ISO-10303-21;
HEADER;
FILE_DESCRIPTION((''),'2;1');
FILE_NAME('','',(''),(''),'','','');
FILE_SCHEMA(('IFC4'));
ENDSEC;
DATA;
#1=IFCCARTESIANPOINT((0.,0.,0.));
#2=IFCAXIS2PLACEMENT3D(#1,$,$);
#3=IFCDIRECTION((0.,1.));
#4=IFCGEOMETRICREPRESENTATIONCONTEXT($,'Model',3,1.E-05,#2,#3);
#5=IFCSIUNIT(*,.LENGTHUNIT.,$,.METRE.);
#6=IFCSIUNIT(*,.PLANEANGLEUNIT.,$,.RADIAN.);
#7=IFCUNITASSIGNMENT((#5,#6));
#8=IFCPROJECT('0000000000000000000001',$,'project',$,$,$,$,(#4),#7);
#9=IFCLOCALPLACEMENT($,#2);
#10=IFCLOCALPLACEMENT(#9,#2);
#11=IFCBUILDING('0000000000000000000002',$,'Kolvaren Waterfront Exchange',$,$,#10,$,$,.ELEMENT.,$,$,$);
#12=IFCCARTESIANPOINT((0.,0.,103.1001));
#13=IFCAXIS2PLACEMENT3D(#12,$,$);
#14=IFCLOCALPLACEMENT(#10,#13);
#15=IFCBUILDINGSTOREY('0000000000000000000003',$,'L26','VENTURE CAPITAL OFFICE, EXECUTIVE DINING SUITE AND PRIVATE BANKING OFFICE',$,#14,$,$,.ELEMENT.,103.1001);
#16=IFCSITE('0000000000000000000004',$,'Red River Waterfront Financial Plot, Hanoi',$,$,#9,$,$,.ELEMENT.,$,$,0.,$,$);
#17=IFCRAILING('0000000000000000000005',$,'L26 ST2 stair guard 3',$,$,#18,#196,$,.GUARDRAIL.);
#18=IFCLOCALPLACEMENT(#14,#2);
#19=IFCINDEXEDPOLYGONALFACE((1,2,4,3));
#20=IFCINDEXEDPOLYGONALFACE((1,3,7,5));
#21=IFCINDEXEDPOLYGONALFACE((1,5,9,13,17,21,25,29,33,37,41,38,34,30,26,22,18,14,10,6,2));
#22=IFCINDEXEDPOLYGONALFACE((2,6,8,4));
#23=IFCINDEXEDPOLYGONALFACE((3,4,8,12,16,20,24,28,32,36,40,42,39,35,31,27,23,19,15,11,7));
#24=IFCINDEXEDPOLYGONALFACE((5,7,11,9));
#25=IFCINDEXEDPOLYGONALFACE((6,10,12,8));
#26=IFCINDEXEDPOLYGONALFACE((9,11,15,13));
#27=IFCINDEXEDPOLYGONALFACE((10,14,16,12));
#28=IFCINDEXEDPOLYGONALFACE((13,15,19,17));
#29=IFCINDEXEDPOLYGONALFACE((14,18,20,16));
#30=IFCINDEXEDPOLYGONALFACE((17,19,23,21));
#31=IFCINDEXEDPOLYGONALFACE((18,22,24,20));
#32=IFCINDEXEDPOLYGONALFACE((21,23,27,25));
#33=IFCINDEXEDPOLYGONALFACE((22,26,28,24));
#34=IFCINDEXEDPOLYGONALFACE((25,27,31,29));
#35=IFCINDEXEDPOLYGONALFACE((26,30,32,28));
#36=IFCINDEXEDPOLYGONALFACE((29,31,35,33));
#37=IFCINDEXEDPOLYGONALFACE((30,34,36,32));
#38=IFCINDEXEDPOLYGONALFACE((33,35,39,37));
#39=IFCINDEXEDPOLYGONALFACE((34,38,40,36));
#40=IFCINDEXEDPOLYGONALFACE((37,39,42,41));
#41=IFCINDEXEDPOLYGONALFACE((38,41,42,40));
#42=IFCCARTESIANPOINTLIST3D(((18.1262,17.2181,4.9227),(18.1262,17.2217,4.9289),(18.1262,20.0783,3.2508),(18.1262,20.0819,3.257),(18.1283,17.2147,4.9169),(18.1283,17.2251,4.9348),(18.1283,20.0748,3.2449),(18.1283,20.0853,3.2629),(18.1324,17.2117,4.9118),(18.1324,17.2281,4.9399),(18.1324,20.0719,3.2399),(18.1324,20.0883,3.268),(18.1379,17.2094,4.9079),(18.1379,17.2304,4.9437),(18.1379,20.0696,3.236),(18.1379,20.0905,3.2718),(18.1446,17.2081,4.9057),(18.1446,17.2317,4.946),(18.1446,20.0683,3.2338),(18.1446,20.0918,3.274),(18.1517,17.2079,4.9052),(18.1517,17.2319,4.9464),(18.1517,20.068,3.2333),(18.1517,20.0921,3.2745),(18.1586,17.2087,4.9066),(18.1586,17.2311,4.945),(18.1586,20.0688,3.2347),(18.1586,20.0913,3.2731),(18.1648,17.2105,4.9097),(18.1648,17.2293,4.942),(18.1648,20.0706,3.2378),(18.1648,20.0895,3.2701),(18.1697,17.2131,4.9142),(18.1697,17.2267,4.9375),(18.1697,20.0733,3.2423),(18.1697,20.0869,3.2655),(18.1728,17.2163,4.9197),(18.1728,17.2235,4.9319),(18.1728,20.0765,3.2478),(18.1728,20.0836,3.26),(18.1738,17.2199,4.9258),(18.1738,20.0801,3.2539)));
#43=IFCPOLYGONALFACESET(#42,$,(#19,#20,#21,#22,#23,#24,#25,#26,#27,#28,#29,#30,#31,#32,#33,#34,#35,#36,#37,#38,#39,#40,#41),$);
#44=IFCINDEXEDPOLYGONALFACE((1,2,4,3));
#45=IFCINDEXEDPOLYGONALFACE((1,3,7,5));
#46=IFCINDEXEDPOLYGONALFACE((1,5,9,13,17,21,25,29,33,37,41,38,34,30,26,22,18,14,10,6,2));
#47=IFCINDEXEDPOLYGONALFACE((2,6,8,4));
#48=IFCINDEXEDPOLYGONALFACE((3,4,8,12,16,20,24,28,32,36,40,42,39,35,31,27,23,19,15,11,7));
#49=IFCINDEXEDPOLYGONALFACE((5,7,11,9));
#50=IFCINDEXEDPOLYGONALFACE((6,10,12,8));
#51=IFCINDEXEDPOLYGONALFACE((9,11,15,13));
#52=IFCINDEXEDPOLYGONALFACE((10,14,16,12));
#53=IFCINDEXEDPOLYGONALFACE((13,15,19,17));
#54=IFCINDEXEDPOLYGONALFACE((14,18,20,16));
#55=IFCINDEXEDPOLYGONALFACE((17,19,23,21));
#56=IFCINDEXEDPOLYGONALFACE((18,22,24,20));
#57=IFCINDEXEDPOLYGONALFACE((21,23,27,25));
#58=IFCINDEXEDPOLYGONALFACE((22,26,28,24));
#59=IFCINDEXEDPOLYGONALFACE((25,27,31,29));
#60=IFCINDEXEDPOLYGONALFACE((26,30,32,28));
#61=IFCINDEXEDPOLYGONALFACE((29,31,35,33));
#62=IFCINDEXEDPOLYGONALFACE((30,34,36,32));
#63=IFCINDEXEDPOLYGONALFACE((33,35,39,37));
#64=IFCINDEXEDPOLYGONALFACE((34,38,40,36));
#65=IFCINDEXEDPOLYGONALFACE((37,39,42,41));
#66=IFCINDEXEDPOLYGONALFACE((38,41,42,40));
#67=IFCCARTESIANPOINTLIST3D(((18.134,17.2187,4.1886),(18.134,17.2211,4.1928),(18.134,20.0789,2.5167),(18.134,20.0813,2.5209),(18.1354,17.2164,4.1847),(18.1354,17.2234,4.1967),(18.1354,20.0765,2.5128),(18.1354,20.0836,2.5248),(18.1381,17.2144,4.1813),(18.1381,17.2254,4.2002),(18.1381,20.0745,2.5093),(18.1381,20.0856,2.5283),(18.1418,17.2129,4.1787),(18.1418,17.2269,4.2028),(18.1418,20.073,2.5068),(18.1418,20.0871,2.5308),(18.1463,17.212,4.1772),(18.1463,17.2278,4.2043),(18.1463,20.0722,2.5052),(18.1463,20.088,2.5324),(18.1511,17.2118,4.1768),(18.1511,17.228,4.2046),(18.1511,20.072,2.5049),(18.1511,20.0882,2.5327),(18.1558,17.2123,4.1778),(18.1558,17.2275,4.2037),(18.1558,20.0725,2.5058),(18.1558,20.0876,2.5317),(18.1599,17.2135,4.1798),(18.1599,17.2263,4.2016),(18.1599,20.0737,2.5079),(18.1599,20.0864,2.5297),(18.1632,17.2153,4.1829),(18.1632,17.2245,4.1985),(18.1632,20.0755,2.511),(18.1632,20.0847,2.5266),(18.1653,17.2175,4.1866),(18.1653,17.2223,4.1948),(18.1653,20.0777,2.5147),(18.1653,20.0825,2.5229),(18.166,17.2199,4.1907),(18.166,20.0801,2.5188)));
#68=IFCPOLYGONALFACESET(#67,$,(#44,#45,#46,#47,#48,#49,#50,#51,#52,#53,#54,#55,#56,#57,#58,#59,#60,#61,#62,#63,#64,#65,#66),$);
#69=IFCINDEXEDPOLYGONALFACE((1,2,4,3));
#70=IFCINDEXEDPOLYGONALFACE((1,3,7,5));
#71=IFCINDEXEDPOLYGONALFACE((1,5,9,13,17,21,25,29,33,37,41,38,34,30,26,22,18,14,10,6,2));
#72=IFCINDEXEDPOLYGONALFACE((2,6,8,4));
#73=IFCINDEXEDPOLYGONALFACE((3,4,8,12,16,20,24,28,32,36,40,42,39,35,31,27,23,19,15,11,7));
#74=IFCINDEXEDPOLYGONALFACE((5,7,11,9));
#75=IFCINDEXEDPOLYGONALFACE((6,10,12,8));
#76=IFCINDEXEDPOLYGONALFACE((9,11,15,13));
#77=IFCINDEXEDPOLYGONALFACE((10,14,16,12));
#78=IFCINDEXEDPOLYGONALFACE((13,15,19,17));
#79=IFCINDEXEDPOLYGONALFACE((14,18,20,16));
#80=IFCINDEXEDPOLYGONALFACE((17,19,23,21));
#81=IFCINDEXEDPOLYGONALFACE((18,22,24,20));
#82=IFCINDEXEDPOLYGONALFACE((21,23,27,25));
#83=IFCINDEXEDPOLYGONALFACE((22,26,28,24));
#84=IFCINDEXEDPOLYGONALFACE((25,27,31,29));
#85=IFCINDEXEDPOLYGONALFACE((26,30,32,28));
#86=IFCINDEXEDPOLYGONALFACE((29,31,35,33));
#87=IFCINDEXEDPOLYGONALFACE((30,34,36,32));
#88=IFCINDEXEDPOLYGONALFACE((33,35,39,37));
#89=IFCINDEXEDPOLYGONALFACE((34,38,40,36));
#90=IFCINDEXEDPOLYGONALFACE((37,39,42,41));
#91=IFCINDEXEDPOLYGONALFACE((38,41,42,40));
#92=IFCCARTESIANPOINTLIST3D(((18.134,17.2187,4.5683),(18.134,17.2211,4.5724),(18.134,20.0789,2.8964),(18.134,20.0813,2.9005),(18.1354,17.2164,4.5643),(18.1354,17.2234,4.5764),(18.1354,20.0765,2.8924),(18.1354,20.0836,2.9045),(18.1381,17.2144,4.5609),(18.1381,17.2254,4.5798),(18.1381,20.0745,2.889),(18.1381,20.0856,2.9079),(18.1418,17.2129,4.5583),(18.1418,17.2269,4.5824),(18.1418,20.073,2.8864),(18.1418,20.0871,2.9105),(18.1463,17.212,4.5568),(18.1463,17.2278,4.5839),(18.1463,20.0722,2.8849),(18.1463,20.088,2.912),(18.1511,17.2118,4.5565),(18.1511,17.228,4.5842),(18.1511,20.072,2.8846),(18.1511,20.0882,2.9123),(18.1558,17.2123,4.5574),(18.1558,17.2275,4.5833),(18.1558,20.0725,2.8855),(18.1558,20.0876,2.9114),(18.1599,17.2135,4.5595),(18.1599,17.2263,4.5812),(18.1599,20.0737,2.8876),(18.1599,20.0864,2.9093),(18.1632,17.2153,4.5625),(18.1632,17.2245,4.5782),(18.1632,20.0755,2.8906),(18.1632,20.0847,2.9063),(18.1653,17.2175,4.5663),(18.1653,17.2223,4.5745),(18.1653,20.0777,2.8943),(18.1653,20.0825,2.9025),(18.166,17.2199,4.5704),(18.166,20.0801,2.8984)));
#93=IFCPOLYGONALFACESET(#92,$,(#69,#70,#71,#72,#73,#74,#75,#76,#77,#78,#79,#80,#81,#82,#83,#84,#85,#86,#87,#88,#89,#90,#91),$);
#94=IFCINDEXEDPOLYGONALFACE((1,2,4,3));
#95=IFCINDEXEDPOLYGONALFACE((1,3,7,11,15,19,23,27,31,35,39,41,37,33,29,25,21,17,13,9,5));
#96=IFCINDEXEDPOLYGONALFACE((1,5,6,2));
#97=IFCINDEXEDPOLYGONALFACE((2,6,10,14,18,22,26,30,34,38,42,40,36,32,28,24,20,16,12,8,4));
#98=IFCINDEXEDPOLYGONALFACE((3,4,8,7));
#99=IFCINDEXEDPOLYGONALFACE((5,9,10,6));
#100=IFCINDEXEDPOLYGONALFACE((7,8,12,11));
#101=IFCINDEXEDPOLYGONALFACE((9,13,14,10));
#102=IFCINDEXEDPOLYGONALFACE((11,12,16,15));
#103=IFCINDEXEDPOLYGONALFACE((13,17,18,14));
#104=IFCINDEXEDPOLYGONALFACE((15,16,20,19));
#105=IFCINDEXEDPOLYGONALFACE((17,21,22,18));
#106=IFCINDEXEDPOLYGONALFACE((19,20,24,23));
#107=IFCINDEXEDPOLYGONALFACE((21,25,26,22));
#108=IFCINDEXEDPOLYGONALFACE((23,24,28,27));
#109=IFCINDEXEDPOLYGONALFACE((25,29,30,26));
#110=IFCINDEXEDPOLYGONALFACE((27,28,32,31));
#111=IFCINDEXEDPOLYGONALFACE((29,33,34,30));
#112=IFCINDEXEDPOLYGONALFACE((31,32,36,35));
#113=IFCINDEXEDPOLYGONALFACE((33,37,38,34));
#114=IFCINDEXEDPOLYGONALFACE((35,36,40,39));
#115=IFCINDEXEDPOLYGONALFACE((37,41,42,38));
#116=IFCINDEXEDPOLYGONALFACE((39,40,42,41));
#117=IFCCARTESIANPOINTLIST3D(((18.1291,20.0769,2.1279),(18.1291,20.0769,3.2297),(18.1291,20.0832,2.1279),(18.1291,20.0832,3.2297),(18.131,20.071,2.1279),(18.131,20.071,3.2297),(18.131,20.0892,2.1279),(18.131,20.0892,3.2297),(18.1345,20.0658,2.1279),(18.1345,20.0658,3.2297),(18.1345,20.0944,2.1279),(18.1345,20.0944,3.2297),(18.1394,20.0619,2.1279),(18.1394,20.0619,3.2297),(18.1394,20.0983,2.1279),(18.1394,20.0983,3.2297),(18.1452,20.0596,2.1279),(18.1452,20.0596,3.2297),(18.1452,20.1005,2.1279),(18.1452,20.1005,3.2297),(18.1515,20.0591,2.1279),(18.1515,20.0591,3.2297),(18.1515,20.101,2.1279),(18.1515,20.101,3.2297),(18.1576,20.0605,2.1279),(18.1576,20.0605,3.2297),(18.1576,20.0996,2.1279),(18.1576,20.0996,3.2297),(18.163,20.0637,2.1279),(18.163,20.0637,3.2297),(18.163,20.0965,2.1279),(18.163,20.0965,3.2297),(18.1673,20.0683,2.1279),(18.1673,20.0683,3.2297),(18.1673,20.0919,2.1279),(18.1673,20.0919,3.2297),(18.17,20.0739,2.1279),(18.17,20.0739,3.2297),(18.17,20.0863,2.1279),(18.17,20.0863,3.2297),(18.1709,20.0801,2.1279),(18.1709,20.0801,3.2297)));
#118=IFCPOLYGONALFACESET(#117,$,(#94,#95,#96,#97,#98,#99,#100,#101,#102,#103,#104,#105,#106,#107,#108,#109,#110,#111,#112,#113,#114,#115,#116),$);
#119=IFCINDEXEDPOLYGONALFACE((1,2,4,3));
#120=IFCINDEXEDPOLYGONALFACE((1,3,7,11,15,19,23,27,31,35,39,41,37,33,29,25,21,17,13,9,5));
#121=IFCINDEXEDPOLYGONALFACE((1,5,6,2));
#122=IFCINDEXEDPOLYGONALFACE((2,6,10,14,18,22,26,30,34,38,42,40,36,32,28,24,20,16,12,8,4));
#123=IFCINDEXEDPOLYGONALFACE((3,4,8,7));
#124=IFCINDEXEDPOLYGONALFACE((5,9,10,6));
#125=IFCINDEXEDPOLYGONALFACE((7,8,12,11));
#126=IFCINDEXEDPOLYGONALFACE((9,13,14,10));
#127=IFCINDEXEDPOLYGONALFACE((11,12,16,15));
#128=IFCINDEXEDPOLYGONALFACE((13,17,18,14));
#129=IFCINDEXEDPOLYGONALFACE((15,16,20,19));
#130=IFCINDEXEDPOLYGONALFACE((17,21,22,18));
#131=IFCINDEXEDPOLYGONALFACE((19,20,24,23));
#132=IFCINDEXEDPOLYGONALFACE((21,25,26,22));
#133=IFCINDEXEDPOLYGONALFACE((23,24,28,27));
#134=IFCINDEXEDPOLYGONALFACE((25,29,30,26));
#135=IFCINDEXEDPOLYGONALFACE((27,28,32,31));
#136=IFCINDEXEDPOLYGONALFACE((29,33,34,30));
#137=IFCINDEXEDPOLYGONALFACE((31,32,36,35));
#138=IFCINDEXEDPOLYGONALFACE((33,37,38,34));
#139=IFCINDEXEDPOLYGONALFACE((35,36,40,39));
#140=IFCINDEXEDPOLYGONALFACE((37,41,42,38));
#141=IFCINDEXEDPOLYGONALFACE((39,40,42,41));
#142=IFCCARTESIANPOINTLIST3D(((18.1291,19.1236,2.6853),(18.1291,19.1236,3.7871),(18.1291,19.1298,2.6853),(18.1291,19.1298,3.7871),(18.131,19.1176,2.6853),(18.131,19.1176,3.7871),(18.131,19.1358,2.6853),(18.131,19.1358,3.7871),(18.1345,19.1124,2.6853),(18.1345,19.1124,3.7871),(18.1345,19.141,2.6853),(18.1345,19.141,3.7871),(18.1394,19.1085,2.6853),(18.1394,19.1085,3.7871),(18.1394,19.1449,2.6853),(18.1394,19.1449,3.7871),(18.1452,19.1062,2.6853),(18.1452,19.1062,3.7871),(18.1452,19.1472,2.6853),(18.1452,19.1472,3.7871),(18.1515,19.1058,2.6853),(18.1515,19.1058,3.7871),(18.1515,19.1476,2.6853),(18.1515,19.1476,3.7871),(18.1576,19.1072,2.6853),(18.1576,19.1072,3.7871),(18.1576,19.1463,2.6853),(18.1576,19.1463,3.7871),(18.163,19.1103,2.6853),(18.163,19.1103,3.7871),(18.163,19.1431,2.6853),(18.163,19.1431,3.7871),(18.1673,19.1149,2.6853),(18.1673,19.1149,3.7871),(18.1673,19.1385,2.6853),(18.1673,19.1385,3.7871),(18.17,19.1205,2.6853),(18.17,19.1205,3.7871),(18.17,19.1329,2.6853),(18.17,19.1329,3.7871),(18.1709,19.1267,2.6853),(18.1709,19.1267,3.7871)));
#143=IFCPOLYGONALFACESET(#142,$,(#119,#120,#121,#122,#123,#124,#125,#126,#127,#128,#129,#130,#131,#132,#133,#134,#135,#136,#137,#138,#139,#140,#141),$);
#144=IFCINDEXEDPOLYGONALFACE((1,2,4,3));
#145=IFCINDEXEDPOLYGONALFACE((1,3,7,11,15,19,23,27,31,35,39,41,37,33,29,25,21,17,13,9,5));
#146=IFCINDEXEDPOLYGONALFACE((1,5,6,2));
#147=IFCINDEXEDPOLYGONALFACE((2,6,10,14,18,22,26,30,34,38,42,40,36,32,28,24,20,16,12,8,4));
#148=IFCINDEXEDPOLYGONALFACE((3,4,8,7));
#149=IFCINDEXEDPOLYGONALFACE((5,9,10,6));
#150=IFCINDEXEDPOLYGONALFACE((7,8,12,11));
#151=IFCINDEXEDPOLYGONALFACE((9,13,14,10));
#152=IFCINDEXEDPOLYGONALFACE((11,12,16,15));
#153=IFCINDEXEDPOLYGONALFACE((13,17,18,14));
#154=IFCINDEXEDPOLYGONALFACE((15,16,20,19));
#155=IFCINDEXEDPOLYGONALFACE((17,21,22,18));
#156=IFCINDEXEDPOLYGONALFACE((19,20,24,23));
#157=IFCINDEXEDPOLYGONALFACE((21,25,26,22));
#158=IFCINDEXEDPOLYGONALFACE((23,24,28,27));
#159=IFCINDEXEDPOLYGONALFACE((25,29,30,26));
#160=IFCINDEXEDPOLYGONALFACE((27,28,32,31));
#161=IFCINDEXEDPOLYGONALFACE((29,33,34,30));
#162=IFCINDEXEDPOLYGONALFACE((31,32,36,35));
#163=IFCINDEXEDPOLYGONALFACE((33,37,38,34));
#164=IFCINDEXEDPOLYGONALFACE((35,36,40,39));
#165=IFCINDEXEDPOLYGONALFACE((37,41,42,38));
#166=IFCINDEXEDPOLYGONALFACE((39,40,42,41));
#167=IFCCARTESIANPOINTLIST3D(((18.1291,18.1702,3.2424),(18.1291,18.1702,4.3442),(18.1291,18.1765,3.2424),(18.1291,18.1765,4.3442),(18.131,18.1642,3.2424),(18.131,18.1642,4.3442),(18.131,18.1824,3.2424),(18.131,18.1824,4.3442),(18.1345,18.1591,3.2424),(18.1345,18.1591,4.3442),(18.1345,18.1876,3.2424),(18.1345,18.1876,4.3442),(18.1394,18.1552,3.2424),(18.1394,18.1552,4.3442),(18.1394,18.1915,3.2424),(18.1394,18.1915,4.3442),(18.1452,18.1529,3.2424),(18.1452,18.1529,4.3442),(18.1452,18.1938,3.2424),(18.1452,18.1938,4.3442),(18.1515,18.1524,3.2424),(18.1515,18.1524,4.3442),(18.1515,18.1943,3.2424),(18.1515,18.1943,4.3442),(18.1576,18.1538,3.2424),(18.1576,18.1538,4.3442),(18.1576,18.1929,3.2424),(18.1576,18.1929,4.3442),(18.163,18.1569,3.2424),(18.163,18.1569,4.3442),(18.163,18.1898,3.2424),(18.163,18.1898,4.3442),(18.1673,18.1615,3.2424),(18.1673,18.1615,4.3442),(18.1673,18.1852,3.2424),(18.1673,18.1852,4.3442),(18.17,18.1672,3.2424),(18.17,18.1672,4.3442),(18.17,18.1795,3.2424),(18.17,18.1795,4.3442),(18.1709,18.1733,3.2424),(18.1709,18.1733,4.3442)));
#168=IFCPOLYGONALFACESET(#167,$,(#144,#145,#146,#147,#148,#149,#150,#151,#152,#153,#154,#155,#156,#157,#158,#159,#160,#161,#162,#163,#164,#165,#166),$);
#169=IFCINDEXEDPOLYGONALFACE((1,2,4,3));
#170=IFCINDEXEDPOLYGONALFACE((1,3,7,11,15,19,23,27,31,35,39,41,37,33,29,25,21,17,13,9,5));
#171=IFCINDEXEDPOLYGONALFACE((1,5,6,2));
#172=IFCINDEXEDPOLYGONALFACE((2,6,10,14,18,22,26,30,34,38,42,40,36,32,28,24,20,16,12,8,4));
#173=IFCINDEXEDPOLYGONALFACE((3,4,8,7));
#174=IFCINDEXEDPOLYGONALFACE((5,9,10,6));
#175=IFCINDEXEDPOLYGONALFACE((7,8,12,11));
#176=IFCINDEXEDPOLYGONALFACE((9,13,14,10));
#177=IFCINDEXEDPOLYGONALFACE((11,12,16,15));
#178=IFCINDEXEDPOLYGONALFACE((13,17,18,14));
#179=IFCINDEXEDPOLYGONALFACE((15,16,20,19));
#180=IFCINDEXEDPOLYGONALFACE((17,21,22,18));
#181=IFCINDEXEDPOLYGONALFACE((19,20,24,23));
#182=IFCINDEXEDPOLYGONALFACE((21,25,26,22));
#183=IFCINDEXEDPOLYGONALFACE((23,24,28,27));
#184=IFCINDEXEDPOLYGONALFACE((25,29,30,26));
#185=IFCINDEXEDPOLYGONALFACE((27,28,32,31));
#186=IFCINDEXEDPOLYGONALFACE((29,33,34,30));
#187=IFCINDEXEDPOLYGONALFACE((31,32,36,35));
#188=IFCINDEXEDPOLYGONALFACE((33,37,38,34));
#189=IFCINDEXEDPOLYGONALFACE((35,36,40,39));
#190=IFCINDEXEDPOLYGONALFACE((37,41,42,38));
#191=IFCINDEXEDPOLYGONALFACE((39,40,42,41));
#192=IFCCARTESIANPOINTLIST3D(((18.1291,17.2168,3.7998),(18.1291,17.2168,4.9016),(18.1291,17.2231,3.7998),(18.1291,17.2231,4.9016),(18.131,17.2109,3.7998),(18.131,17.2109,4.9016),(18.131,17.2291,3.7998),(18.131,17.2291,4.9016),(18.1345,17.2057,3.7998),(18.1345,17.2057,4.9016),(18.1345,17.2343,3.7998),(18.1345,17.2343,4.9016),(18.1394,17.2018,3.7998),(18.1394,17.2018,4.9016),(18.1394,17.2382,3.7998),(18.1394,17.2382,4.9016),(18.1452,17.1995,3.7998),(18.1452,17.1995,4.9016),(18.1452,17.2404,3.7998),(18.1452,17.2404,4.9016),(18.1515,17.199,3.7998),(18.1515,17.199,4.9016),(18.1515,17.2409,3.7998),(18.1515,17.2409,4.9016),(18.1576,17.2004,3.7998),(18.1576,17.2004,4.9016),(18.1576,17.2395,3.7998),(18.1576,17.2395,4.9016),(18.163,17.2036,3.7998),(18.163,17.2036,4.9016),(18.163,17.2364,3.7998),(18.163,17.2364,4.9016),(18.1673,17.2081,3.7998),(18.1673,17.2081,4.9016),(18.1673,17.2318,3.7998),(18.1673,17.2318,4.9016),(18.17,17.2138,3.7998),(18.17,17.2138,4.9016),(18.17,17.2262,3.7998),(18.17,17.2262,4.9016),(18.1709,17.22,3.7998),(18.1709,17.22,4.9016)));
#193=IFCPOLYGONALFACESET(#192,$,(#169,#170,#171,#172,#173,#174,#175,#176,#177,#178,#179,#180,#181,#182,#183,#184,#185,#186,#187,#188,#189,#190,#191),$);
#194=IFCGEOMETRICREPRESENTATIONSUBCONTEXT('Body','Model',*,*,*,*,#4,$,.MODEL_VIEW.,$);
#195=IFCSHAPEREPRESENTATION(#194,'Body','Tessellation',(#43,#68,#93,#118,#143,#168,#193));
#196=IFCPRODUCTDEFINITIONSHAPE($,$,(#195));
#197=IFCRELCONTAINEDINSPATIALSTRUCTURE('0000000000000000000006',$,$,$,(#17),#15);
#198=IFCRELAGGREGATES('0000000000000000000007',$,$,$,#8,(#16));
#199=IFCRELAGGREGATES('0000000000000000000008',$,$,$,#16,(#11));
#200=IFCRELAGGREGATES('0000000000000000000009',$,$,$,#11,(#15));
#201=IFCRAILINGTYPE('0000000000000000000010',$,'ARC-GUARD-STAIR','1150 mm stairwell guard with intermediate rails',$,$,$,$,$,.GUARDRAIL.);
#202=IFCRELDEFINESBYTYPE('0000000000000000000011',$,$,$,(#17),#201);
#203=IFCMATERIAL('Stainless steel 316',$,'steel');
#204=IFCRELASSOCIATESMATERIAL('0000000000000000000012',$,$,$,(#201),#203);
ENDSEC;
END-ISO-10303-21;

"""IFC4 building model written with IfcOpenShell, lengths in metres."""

from ifc_helpers import new_model, si_unit, direction, frame, origin, origin_2d, place, context, subcontext, project, spatial, circle, extrude, material, type_object, element, save


model = new_model("IFC4")

# Units and contexts
model_context = context("Model", 3, precision=1e-05, world=origin(), true_north=direction((0.0, 1.0)))
body_context = subcontext(model_context, "Body", "Model", "MODEL_VIEW")
ifc_project = project(units=[si_unit("LENGTHUNIT", "METRE"), si_unit("PLANEANGLEUNIT", "RADIAN")], contexts=[model_context])

# Site, building, storey
site_placement = place(None, origin())
site = spatial("IfcSite", under=ifc_project, at=site_placement, Name="Red River Waterfront Financial Plot, Hanoi", CompositionType="ELEMENT", RefElevation=0.0)
building_placement = place(site_placement, origin())
building = spatial("IfcBuilding", under=site, at=building_placement, Name="Kolvaren Waterfront Exchange", CompositionType="ELEMENT")
storey_placement = place(building_placement, frame((0.0, 0.0, 103.1001)))
storey = spatial("IfcBuildingStorey", under=building, at=storey_placement, Name="L26", Description="VENTURE CAPITAL OFFICE, EXECUTIVE DINING SUITE AND PRIVATE BANKING OFFICE", CompositionType="ELEMENT", Elevation=103.1001)

# Railing
ifc_material_1 = material(Name="Stainless steel 316", Category="steel")
railing_type_1 = type_object("IfcRailingType", Name="ARC-GUARD-STAIR", Description="1150 mm stairwell guard with intermediate rails", PredefinedType="GUARDRAIL", material=ifc_material_1)
railing_1_placement = place(storey_placement, frame((18.1499, 20.0801, 2.1279)))
element("IfcRailing", 1, at=railing_1_placement, inside=storey, type_object=railing_type_1, Name="L26 ST2 stair guard 3", PredefinedType="GUARDRAIL", context=body_context, shape_type="SweptSolid", body=[
    extrude(circle(Radius=0.0239, at=origin_2d()), frame((0.0, 0.0, 1.126), z_axis=(0.0, -0.863321, 0.504654), x_axis=(1.0, 0.0, 0.0)), (0.0, 0.0, 1.0), 3.313),
    extrude(circle(Radius=0.0161, at=origin_2d()), frame((0.0, 0.0, 0.3909), z_axis=(0.0, -0.863321, 0.504654), x_axis=(1.0, 0.0, 0.0)), (0.0, 0.0, 1.0), 3.313),
    extrude(circle(Radius=0.0161, at=origin_2d()), frame((0.0, 0.0, 0.7705), z_axis=(0.0, -0.863321, 0.504654), x_axis=(1.0, 0.0, 0.0)), (0.0, 0.0, 1.0), 3.313),
    extrude(circle(Radius=0.021, at=origin_2d()), origin(), (0.0, 0.0, 1.0), 1.1018),
    extrude(circle(Radius=0.021, at=origin_2d()), frame((0.0, -0.9534, 0.5574)), (0.0, 0.0, 1.0), 1.1018),
    extrude(circle(Radius=0.021, at=origin_2d()), frame((0.0, -1.9067, 1.1145)), (0.0, 0.0, 1.0), 1.1018),
    extrude(circle(Radius=0.021, at=origin_2d()), frame((0.0, -2.8601, 1.6719)), (0.0, 0.0, 1.0), 1.1018),
])

save(model, "model.ifc")
